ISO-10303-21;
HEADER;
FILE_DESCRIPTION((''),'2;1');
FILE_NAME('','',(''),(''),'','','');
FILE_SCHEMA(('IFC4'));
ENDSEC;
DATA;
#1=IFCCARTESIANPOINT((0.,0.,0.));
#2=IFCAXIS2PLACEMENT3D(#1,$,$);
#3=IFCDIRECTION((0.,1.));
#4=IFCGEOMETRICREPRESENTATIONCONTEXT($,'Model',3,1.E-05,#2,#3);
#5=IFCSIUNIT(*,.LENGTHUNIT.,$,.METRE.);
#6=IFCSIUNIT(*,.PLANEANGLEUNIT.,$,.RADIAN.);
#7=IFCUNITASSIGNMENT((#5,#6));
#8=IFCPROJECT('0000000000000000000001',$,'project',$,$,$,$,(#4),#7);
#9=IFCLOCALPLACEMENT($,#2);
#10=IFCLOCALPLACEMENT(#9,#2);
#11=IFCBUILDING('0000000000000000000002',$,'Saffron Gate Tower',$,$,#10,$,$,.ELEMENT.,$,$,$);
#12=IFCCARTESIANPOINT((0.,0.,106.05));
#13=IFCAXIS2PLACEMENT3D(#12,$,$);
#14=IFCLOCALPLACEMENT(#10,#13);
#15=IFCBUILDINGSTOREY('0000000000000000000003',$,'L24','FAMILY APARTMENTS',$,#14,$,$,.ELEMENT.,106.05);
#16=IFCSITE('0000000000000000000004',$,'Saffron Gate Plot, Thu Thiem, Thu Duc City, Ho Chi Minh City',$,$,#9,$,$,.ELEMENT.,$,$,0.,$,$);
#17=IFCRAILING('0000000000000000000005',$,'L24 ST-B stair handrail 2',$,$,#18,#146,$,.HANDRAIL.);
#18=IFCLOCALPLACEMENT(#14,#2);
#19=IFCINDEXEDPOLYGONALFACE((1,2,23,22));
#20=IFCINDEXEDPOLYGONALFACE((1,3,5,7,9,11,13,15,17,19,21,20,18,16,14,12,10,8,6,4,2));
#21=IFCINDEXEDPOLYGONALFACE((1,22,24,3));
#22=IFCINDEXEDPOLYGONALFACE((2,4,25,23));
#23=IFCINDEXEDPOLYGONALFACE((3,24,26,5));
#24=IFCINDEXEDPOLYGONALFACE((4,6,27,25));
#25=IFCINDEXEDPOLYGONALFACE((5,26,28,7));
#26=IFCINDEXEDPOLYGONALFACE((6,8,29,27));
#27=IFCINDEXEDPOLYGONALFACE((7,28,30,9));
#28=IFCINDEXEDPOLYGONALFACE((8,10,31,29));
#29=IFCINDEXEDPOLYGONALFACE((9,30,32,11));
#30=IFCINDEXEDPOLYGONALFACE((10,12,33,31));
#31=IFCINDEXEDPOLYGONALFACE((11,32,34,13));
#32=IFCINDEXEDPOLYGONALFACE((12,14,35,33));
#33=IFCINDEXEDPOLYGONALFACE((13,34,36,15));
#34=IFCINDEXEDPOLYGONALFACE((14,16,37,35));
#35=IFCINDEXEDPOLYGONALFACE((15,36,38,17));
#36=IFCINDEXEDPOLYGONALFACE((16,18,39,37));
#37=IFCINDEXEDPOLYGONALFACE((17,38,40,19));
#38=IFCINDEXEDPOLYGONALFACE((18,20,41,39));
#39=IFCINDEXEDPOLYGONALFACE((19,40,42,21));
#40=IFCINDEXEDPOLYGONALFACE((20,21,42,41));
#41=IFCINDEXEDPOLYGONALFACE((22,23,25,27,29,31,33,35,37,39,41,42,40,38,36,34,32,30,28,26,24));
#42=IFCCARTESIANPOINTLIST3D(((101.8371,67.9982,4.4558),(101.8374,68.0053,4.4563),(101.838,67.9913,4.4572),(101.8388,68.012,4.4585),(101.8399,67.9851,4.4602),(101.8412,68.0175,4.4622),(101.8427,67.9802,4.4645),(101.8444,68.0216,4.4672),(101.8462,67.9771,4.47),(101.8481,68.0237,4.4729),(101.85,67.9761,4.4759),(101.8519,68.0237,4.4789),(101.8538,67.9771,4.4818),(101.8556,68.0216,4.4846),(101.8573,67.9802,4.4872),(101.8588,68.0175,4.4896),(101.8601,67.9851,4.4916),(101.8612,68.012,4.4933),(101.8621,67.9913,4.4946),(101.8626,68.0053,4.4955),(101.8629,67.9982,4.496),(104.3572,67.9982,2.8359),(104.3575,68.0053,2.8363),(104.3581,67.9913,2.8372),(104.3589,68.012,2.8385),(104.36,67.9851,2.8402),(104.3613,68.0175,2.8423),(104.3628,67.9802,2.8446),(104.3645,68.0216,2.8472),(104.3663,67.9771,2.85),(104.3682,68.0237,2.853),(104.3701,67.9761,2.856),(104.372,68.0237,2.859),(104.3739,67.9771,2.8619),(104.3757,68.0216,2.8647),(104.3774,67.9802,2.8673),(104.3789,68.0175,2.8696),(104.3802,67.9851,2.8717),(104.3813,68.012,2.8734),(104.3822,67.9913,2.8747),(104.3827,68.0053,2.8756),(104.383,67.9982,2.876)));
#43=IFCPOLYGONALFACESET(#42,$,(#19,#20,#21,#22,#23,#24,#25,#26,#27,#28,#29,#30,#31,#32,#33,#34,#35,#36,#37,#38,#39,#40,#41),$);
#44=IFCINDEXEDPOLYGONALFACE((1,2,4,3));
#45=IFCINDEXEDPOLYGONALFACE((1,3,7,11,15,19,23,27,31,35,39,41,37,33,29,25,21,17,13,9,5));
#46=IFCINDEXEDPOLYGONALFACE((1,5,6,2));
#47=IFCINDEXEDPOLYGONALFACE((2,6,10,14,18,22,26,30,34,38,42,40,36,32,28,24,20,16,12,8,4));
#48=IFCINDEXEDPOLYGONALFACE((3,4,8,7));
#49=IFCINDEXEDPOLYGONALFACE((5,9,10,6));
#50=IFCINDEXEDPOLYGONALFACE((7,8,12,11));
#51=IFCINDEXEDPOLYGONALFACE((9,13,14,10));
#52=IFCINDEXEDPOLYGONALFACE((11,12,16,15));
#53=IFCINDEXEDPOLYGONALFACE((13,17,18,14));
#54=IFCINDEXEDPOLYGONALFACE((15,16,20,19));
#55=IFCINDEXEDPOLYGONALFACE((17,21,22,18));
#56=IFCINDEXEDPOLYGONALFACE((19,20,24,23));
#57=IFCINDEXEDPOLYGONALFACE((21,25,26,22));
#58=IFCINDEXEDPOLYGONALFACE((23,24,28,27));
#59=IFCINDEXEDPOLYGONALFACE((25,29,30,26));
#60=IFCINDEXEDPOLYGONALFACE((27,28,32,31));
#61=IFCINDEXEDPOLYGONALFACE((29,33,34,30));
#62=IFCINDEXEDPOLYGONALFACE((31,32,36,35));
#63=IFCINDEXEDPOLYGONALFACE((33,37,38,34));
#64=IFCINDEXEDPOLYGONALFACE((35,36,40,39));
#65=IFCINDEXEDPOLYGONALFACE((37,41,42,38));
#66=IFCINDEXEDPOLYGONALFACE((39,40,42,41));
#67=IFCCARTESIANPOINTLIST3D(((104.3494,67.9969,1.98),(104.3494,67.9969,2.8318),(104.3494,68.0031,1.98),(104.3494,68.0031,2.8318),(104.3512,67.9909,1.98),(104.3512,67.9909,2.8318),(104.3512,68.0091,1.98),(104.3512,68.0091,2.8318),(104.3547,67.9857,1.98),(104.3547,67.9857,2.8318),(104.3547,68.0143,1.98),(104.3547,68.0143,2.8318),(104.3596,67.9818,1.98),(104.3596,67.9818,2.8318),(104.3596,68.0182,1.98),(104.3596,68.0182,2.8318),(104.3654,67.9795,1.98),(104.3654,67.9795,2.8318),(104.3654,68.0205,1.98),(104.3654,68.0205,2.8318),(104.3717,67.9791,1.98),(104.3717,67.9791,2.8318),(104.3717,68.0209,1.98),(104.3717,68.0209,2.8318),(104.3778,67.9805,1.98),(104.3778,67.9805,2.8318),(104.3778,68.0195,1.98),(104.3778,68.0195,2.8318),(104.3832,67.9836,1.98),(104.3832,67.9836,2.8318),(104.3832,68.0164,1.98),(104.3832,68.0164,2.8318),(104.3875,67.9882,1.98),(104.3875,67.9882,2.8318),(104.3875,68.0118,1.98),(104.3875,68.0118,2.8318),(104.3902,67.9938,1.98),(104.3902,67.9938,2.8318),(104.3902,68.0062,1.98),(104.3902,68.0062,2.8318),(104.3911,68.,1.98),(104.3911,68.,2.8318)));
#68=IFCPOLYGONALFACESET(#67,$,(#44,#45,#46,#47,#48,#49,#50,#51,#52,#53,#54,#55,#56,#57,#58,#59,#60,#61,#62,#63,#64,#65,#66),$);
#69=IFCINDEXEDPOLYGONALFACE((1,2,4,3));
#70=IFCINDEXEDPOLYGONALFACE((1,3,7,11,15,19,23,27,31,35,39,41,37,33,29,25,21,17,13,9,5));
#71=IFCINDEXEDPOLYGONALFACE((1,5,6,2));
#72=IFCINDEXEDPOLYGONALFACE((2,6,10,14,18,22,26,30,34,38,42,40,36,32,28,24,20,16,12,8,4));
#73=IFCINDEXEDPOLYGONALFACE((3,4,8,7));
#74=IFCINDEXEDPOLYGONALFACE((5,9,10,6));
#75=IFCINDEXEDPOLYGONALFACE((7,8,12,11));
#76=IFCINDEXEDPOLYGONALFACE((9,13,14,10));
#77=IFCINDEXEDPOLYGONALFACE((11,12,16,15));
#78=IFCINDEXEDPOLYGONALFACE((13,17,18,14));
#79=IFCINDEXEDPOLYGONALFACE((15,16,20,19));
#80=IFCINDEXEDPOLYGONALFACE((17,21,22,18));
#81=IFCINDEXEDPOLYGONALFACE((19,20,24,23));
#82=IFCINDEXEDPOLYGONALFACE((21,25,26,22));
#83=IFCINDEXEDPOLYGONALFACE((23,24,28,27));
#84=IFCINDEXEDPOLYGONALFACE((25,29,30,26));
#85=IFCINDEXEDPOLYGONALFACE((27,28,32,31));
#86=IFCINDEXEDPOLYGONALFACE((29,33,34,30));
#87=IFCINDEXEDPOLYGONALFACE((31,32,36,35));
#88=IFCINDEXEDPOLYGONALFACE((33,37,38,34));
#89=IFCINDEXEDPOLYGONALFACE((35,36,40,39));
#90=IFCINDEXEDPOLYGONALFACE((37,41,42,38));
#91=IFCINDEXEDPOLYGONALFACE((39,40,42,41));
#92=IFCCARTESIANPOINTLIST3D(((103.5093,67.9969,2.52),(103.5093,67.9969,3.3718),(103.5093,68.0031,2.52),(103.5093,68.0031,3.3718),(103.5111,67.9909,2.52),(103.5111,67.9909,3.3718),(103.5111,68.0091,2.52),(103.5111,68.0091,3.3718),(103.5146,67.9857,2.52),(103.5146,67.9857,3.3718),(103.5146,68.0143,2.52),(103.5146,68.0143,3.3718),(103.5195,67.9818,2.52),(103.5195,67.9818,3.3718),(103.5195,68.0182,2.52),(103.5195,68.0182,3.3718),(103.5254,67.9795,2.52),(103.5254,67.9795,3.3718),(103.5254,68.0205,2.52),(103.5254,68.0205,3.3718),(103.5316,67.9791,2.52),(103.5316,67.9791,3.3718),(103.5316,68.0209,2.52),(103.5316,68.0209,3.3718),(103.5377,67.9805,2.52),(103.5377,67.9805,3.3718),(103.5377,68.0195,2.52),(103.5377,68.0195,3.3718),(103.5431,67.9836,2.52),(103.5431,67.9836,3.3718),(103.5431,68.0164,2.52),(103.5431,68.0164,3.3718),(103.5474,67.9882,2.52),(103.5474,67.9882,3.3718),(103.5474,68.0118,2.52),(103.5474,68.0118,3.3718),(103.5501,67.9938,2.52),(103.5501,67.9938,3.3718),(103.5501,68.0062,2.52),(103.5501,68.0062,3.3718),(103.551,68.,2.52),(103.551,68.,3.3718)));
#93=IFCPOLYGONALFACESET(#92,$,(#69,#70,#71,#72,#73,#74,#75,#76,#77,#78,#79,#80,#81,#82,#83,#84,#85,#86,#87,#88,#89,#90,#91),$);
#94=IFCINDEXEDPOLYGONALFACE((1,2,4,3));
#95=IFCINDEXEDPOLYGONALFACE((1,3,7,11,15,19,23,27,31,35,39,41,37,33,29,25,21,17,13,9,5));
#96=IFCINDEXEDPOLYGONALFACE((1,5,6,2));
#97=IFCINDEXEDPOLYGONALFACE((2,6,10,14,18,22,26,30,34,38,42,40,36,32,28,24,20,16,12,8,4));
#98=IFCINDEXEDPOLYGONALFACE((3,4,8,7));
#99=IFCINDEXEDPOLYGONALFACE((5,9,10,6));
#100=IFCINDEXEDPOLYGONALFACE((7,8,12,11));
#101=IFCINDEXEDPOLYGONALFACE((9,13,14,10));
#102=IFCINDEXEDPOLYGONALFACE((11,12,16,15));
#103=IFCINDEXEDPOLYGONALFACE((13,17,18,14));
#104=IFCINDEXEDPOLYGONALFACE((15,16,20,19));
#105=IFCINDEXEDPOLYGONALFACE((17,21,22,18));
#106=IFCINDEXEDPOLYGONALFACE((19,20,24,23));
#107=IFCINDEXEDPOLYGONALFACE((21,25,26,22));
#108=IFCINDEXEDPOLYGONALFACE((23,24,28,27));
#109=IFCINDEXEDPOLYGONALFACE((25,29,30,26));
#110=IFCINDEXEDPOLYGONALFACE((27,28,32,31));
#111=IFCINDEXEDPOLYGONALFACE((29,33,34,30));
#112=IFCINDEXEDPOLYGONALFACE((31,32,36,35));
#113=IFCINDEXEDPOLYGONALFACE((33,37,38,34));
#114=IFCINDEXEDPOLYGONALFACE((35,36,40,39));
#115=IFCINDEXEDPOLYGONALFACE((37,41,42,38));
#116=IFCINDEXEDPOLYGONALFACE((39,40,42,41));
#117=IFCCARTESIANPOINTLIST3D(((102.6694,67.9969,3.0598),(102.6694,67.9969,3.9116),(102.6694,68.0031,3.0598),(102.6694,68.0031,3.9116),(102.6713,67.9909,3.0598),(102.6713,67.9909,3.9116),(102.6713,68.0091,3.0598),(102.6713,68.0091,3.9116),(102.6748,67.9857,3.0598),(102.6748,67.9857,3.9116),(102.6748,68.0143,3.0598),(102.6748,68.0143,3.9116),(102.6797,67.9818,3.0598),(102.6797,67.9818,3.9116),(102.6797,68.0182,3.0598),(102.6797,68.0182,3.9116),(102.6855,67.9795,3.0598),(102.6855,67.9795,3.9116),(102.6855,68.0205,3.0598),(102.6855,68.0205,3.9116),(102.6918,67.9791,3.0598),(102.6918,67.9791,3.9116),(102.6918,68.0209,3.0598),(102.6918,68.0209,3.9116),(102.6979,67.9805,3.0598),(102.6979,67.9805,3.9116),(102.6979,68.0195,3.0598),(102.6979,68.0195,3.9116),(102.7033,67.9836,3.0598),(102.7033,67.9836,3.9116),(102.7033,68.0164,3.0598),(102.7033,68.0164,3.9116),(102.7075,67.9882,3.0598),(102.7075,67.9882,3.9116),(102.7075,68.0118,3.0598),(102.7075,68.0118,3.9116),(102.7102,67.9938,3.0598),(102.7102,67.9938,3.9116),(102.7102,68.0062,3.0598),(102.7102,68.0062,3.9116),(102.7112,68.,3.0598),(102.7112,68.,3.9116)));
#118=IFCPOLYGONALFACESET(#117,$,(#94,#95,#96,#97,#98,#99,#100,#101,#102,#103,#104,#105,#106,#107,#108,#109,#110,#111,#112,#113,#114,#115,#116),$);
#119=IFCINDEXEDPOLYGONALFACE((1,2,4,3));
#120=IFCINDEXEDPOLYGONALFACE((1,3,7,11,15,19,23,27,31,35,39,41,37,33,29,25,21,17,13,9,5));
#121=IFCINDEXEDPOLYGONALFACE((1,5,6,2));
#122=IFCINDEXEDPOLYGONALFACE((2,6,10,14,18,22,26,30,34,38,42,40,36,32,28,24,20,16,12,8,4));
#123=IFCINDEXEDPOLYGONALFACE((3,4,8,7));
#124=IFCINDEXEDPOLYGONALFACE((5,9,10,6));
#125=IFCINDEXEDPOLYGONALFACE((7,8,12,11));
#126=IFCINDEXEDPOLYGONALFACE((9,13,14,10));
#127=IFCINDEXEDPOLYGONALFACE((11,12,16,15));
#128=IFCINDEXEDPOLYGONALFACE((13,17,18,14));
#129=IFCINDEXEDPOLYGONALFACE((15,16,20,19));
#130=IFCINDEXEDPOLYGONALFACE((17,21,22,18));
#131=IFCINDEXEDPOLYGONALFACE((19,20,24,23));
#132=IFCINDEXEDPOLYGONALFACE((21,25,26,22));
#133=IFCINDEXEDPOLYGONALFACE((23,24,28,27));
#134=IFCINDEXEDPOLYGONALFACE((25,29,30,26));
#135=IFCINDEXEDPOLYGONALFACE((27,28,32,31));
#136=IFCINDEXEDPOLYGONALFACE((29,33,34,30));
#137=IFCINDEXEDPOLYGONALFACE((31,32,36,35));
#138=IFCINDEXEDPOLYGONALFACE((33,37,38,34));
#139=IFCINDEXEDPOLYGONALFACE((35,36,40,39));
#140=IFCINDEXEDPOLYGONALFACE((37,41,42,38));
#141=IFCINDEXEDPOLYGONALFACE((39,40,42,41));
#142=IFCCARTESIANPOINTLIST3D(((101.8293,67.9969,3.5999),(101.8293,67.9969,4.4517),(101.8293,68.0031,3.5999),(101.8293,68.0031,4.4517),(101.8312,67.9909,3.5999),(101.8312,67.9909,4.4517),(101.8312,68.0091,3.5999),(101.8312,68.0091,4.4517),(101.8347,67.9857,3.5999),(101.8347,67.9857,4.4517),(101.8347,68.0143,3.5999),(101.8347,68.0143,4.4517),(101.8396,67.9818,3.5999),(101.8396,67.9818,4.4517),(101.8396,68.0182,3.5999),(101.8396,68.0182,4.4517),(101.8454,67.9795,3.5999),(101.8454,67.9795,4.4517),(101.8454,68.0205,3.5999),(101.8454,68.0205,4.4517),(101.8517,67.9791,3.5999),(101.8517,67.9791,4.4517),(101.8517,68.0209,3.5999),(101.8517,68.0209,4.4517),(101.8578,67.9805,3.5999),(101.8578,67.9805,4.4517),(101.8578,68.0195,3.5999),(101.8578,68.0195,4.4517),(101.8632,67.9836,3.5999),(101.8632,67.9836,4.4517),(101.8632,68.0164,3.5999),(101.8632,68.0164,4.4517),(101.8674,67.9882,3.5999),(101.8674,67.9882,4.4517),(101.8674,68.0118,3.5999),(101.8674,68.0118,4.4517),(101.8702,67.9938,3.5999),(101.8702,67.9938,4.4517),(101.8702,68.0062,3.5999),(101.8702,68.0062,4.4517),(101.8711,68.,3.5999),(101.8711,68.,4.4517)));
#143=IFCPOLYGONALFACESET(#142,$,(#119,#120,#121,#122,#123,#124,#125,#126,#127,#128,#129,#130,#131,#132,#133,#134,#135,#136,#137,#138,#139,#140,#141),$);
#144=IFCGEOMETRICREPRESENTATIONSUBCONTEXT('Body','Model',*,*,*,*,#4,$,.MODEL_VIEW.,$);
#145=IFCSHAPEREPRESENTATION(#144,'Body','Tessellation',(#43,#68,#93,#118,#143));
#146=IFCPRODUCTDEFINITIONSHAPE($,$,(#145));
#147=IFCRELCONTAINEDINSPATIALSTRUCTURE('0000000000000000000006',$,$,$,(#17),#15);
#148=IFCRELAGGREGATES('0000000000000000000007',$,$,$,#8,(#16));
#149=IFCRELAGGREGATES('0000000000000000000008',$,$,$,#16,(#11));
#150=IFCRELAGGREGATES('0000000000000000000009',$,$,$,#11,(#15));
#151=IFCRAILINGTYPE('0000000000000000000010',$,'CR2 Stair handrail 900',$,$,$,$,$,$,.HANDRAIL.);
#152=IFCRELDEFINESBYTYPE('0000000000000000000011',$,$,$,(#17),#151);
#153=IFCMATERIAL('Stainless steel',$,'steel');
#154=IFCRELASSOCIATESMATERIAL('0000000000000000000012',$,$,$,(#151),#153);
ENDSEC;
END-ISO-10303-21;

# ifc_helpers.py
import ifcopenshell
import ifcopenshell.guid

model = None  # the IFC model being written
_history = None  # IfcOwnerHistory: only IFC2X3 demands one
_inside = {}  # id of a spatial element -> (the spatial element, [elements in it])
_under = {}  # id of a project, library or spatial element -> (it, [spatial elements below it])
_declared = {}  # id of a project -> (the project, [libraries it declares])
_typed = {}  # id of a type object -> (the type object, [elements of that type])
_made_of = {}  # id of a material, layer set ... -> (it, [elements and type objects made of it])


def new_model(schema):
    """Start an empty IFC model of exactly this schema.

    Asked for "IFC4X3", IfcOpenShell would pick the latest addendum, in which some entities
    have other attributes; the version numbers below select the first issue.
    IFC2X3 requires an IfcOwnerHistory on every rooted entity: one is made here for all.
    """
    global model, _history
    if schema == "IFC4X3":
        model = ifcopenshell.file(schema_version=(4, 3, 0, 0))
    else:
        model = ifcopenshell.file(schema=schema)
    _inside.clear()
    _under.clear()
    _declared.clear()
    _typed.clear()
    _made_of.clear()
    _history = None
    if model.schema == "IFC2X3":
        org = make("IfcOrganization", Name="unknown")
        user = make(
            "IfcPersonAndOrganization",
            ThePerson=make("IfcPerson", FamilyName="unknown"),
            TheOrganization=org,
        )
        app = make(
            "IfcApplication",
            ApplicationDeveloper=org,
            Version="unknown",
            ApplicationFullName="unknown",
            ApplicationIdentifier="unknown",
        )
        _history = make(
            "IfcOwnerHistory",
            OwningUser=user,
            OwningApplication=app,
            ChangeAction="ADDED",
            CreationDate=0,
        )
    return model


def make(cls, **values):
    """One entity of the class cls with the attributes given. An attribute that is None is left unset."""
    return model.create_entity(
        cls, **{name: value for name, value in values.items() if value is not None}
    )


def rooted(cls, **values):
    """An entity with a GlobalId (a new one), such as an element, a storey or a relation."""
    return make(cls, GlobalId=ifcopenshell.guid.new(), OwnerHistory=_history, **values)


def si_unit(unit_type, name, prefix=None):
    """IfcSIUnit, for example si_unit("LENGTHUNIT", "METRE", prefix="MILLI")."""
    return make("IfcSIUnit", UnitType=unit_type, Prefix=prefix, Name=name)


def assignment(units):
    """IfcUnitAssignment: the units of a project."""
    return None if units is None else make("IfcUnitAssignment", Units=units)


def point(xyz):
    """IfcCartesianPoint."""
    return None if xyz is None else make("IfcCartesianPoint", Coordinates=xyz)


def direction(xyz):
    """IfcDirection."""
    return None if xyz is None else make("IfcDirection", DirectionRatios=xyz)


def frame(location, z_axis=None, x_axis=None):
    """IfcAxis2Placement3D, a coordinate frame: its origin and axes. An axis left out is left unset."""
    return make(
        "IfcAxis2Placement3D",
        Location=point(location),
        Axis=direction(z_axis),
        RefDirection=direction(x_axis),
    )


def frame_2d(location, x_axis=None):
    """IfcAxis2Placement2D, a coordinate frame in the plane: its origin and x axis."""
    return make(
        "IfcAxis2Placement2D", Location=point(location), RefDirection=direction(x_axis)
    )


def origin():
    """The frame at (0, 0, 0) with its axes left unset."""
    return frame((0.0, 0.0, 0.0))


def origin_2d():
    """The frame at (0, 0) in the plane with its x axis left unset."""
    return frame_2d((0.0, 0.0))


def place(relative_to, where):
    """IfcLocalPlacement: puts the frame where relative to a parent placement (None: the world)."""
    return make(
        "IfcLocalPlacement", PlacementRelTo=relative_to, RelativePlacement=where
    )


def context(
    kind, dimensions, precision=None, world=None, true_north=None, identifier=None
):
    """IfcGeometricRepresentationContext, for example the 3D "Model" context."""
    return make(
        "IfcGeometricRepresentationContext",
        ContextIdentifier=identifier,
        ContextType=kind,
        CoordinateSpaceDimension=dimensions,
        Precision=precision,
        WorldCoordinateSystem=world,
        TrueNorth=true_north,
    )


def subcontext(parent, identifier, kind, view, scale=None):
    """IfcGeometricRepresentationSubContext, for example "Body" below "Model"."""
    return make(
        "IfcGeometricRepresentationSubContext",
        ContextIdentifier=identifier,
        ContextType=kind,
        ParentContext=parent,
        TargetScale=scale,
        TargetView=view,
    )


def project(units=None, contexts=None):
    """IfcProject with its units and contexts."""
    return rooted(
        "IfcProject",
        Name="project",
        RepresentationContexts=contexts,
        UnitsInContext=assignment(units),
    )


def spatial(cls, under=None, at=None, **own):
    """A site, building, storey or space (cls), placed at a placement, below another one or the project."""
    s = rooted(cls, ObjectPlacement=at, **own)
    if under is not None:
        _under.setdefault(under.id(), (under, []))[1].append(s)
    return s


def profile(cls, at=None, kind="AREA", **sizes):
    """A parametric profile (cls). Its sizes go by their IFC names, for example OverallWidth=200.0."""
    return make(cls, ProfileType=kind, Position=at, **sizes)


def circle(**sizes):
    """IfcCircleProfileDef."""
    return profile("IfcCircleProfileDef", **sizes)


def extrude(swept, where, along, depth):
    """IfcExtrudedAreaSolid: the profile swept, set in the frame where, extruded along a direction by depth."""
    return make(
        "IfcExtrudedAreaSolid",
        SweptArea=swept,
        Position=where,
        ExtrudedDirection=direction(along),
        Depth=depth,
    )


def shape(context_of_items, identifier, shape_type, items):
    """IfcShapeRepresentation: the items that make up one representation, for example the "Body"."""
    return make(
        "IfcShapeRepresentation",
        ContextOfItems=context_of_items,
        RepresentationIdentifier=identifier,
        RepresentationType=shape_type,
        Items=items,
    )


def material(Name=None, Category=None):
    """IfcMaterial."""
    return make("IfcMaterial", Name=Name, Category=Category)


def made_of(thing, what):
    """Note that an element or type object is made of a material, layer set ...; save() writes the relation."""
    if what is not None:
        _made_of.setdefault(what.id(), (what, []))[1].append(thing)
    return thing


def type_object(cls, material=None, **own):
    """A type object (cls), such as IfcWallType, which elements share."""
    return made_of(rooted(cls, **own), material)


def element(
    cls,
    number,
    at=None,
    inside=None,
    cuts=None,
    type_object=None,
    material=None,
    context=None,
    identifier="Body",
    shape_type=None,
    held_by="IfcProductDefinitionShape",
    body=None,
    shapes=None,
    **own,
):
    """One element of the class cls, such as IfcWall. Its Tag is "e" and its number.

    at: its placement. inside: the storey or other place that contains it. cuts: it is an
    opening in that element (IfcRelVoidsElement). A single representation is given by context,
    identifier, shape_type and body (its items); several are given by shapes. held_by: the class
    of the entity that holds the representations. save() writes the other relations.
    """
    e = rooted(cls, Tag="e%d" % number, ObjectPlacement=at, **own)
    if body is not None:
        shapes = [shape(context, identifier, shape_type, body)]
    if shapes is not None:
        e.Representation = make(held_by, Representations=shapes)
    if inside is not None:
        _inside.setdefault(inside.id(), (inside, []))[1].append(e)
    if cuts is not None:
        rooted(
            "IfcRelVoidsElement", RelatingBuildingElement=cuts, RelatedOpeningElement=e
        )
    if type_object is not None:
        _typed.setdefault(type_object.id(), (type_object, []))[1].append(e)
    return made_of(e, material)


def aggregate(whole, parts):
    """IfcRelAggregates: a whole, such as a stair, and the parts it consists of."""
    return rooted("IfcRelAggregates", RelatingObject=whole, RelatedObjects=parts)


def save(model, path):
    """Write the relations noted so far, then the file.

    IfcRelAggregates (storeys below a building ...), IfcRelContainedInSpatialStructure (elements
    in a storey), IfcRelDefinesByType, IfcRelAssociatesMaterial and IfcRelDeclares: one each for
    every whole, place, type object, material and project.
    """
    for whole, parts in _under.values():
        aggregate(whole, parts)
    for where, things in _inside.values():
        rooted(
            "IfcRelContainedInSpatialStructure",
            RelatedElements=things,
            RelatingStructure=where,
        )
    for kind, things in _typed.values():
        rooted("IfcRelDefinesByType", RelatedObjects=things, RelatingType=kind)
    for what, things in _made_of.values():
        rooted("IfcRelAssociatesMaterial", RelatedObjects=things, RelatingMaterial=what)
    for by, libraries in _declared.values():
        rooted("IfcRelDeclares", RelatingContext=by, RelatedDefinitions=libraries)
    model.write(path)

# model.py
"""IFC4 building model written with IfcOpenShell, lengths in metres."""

from ifc_helpers import new_model, si_unit, direction, frame, origin, origin_2d, place, context, subcontext, project, spatial, circle, extrude, material, type_object, element, save


model = new_model("IFC4")

# Units and contexts
model_context = context("Model", 3, precision=1e-05, world=origin(), true_north=direction((0.0, 1.0)))
body_context = subcontext(model_context, "Body", "Model", "MODEL_VIEW")
ifc_project = project(units=[si_unit("LENGTHUNIT", "METRE"), si_unit("PLANEANGLEUNIT", "RADIAN")], contexts=[model_context])

# Site, building, storey
site_placement = place(None, origin())
site = spatial("IfcSite", under=ifc_project, at=site_placement, Name="Saffron Gate Plot, Thu Thiem, Thu Duc City, Ho Chi Minh City", CompositionType="ELEMENT", RefElevation=0.0)
building_placement = place(site_placement, origin())
building = spatial("IfcBuilding", under=site, at=building_placement, Name="Saffron Gate Tower", CompositionType="ELEMENT")
storey_placement = place(building_placement, frame((0.0, 0.0, 106.05)))
storey = spatial("IfcBuildingStorey", under=building, at=storey_placement, Name="L24", Description="FAMILY APARTMENTS", CompositionType="ELEMENT", Elevation=106.05)

# Railing
ifc_material_1 = material(Name="Stainless steel", Category="steel")
railing_type_1 = type_object("IfcRailingType", Name="CR2 Stair handrail 900", PredefinedType="HANDRAIL", material=ifc_material_1)
railing_1_placement = place(storey_placement, frame((104.3701, 68.0, 1.98)))
element("IfcRailing", 1, at=railing_1_placement, inside=storey, type_object=railing_type_1, Name="L24 ST-B stair handrail 2", PredefinedType="HANDRAIL", context=body_context, shape_type="SweptSolid", body=[
    extrude(circle(Radius=0.0239, at=origin_2d()), frame((0.0, 0.0, 0.876), z_axis=(-0.8412, 0.0, 0.540725), x_axis=(0.0, -1.0, 0.0)), (0.0, 0.0, 1.0), 2.9958),
    extrude(circle(Radius=0.021, at=origin_2d()), origin(), (0.0, 0.0, 1.0), 0.8518),
    extrude(circle(Radius=0.021, at=origin_2d()), frame((-0.8401, 0.0, 0.54)), (0.0, 0.0, 1.0), 0.8518),
    extrude(circle(Radius=0.021, at=origin_2d()), frame((-1.6799, 0.0, 1.0798)), (0.0, 0.0, 1.0), 0.8518),
    extrude(circle(Radius=0.021, at=origin_2d()), frame((-2.52, 0.0, 1.6199)), (0.0, 0.0, 1.0), 0.8518),
])

save(model, "model.ifc")
